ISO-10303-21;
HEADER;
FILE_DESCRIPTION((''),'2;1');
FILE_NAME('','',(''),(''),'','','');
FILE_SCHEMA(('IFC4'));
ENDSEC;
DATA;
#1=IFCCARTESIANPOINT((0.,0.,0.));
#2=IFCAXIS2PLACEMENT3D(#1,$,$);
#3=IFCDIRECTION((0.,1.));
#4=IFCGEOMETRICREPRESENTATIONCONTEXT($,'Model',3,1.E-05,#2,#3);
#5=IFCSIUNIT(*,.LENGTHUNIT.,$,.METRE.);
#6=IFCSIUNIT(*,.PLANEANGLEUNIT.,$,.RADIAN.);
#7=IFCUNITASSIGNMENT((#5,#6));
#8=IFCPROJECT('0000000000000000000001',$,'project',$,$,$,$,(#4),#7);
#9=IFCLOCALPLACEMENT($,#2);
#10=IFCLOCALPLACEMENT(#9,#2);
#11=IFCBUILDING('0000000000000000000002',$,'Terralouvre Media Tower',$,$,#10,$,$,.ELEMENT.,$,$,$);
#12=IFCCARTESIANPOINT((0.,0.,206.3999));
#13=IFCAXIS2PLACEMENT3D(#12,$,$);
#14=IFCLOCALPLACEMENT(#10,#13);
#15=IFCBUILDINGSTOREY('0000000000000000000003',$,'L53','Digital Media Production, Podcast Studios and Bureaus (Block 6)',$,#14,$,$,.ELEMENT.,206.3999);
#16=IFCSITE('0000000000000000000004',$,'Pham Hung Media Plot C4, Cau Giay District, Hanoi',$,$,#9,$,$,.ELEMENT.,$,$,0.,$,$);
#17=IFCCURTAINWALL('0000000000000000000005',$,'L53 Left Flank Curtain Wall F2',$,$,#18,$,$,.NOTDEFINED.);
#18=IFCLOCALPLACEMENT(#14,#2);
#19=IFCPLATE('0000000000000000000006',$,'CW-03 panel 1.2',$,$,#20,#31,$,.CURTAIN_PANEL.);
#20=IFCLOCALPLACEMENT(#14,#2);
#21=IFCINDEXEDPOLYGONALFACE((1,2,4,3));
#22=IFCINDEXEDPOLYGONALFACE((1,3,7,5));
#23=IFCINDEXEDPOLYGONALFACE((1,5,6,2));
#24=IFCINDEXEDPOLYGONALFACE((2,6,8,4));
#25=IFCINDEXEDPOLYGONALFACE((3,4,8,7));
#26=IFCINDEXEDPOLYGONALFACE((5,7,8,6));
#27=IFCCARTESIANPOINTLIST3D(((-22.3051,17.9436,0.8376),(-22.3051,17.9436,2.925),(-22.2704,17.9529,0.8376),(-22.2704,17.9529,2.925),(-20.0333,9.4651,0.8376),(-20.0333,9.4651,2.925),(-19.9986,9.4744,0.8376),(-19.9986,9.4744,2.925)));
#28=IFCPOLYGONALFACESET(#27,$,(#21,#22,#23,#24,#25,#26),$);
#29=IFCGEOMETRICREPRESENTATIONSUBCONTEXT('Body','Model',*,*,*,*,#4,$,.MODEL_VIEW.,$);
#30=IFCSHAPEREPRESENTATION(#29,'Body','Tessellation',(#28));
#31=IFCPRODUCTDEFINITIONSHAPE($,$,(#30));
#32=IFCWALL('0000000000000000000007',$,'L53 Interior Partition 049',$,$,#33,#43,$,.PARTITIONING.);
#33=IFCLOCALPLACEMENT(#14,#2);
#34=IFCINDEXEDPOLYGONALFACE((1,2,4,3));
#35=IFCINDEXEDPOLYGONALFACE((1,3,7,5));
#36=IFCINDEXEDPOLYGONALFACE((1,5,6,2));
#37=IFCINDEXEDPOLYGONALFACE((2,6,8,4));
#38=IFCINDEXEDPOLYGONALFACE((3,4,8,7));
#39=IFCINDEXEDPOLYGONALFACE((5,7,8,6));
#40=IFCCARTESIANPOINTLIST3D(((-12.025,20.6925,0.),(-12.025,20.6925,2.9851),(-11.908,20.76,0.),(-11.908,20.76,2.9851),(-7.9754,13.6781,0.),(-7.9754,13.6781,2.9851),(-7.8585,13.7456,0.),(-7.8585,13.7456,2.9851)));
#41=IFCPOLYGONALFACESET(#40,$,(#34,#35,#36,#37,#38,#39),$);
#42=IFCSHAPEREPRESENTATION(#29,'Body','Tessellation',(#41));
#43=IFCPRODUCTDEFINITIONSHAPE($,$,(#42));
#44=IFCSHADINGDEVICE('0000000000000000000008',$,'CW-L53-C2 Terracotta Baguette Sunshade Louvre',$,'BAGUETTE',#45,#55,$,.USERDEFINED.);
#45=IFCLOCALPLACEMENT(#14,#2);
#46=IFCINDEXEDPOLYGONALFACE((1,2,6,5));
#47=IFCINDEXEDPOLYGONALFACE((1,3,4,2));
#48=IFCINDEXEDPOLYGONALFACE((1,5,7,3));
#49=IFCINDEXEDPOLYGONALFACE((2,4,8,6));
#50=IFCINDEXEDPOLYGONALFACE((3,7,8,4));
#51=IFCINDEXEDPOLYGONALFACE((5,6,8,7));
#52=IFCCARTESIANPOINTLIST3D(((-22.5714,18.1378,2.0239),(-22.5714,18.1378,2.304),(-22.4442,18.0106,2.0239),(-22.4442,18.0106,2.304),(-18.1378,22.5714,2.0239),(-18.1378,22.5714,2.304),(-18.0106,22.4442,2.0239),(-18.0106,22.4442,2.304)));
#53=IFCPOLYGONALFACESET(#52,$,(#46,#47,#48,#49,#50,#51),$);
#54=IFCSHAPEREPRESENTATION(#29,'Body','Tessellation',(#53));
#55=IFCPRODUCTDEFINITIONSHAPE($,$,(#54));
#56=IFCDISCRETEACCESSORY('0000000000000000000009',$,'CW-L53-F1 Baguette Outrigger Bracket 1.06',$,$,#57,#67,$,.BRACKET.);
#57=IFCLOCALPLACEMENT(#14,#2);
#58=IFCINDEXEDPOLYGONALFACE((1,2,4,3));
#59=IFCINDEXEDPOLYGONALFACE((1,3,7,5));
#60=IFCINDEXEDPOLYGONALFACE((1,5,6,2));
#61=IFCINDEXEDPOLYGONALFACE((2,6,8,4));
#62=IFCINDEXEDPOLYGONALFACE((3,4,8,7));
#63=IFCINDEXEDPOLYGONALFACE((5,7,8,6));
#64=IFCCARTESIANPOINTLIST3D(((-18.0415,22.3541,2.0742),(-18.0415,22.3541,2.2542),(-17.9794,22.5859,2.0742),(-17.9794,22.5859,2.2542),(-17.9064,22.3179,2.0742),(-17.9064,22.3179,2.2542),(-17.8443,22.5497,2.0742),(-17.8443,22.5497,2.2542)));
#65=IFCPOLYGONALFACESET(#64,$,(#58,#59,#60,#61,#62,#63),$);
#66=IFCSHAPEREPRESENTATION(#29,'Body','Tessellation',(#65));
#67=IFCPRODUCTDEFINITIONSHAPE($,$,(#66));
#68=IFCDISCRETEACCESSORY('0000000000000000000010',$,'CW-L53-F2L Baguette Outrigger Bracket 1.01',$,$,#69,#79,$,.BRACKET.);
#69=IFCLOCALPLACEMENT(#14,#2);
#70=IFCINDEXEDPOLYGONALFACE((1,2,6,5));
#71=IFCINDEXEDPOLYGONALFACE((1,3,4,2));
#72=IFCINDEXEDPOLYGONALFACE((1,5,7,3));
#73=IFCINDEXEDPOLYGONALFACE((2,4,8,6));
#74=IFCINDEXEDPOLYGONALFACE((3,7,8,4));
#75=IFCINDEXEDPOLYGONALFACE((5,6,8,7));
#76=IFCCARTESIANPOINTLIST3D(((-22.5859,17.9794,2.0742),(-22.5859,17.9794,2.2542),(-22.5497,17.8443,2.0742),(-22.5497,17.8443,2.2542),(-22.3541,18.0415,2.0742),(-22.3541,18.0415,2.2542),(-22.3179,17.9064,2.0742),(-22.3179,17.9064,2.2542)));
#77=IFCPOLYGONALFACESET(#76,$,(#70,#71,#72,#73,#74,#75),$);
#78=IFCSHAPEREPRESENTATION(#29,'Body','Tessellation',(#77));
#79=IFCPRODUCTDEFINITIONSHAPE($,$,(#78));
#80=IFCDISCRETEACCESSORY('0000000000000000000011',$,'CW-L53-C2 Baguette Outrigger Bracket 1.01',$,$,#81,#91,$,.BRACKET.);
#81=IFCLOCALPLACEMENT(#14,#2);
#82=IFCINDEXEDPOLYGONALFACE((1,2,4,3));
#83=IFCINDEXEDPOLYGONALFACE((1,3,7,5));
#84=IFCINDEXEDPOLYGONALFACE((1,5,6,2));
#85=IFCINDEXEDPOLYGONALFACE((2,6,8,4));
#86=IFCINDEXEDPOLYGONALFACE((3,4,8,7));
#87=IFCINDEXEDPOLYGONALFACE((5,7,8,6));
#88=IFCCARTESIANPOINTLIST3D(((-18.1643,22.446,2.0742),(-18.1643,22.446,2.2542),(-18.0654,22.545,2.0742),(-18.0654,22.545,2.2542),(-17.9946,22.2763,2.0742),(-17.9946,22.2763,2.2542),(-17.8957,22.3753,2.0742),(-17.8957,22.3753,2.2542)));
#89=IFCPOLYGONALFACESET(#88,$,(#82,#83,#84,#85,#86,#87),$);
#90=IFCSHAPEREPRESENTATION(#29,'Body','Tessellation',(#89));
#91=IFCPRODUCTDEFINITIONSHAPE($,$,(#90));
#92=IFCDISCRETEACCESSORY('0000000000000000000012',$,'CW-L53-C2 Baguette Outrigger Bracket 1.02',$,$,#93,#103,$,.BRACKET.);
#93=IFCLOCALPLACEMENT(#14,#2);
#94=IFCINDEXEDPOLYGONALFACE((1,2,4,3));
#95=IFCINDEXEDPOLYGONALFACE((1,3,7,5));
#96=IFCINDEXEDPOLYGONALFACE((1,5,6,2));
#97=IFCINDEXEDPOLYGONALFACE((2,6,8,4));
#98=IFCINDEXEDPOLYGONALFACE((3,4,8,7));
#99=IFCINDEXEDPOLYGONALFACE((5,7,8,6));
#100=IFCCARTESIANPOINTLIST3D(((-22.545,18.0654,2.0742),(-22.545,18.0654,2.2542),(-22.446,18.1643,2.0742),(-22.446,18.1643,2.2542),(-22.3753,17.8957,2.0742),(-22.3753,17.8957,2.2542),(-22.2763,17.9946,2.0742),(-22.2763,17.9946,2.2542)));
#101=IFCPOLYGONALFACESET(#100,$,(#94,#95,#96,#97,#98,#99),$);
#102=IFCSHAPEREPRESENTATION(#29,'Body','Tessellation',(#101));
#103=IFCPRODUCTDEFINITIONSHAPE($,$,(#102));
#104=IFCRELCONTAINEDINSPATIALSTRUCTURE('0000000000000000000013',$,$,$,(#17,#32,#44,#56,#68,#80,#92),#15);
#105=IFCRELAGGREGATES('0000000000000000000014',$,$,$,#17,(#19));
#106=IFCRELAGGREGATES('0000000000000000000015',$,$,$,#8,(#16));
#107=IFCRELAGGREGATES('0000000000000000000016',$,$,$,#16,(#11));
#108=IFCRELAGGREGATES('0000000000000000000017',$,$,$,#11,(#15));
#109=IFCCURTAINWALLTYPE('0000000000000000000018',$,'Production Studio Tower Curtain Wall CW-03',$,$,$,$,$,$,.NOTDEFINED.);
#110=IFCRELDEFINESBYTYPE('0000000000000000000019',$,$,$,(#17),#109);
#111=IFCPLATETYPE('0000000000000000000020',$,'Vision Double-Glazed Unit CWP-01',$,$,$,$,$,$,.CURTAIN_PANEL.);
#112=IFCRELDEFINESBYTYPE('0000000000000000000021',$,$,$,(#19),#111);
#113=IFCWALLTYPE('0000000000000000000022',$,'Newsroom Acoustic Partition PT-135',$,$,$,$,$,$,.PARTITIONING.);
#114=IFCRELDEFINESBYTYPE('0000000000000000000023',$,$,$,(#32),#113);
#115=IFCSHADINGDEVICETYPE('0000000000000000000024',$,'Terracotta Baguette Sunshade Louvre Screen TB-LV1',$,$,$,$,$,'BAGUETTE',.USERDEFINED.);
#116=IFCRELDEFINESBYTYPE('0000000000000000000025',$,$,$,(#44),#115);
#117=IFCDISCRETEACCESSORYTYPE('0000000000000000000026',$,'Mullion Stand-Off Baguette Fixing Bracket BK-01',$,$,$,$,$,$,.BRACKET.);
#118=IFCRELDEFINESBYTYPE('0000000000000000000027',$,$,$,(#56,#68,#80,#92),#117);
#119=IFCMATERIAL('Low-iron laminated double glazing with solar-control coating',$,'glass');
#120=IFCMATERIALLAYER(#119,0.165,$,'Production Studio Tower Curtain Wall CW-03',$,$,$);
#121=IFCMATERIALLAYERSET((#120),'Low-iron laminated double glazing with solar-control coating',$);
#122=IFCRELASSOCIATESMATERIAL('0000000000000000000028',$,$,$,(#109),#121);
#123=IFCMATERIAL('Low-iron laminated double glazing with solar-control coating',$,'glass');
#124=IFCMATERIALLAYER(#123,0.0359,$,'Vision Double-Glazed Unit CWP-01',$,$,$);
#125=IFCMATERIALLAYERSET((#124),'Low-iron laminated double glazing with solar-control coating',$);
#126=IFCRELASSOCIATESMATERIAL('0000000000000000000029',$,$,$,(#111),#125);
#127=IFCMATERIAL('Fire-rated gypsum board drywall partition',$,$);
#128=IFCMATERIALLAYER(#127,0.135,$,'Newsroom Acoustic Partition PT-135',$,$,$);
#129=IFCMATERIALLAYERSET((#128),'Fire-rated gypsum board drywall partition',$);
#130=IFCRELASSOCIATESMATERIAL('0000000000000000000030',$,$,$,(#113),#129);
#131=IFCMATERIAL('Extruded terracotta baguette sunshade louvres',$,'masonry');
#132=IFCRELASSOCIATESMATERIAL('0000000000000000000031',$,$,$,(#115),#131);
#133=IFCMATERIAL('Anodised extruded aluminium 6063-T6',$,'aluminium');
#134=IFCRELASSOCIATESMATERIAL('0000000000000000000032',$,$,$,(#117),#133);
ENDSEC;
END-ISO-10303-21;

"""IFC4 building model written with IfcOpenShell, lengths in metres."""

from ifc_helpers import new_model, si_unit, direction, frame, frame_2d, origin, origin_2d, place, context, subcontext, project, spatial, rectangle, extrude, material, layer, layer_set, type_object, element, aggregate, save


model = new_model("IFC4")

# Units and contexts
model_context = context("Model", 3, precision=1e-05, world=origin(), true_north=direction((0.0, 1.0)))
body_context = subcontext(model_context, "Body", "Model", "MODEL_VIEW")
ifc_project = project(units=[si_unit("LENGTHUNIT", "METRE"), si_unit("PLANEANGLEUNIT", "RADIAN")], contexts=[model_context])

# Site, building, storey
site_placement = place(None, origin())
site = spatial("IfcSite", under=ifc_project, at=site_placement, Name="Pham Hung Media Plot C4, Cau Giay District, Hanoi", CompositionType="ELEMENT", RefElevation=0.0)
building_placement = place(site_placement, origin())
building = spatial("IfcBuilding", under=site, at=building_placement, Name="Terralouvre Media Tower", CompositionType="ELEMENT")
storey_placement = place(building_placement, frame((0.0, 0.0, 206.3999)))
storey = spatial("IfcBuildingStorey", under=building, at=storey_placement, Name="L53", Description="Digital Media Production, Podcast Studios and Bureaus (Block 6)", CompositionType="ELEMENT", Elevation=206.3999)

# Curtain wall
ifc_material_1 = material(Name="Low-iron laminated double glazing with solar-control coating", Category="glass")
ifc_layer_1 = layer(ifc_material_1, 0.165, Name="Production Studio Tower Curtain Wall CW-03")
ifc_layer_set_1 = layer_set([ifc_layer_1], Name="Low-iron laminated double glazing with solar-control coating")
curtain_wall_type_1 = type_object("IfcCurtainWallType", Name="Production Studio Tower Curtain Wall CW-03", PredefinedType="NOTDEFINED", material=ifc_layer_set_1)
curtain_wall_1_placement = place(storey_placement, origin())
curtain_wall_1 = element("IfcCurtainWall", 1, at=curtain_wall_1_placement, inside=storey, type_object=curtain_wall_type_1, Name="L53 Left Flank Curtain Wall F2", PredefinedType="NOTDEFINED")

# Plate
ifc_material_2 = material(Name="Low-iron laminated double glazing with solar-control coating", Category="glass")
ifc_layer_2 = layer(ifc_material_2, 0.0359, Name="Vision Double-Glazed Unit CWP-01")
ifc_layer_set_2 = layer_set([ifc_layer_2], Name="Low-iron laminated double glazing with solar-control coating")
plate_type_1 = type_object("IfcPlateType", Name="Vision Double-Glazed Unit CWP-01", PredefinedType="CURTAIN_PANEL", material=ifc_layer_set_2)
plate_1_placement = place(storey_placement, frame((-21.1519, 13.709, 0.8376), z_axis=(0.0, 0.0, 1.0), x_axis=(0.258819, -0.965926, 0.0)))
plate_1 = element("IfcPlate", 2, at=plate_1_placement, type_object=plate_type_1, Name="CW-03 panel 1.2", PredefinedType="CURTAIN_PANEL", context=body_context, shape_type="SweptSolid", body=[
    extrude(rectangle(XDim=8.7776, YDim=0.0359, at=origin_2d()), origin(), (0.0, 0.0, 1.0), 2.0874),
])
aggregate(curtain_wall_1, [plate_1])

# Wall
ifc_material_3 = material(Name="Fire-rated gypsum board drywall partition")
ifc_layer_3 = layer(ifc_material_3, 0.135, Name="Newsroom Acoustic Partition PT-135")
ifc_layer_set_3 = layer_set([ifc_layer_3], Name="Fire-rated gypsum board drywall partition")
wall_type = type_object("IfcWallType", Name="Newsroom Acoustic Partition PT-135", PredefinedType="PARTITIONING", material=ifc_layer_set_3)
wall_placement = place(storey_placement, frame((-11.9666, 20.7263, 0.0), z_axis=(0.0, 0.0, 1.0), x_axis=(0.499981, -0.866037, 0.0)))
element("IfcWall", 3, at=wall_placement, inside=storey, type_object=wall_type, Name="L53 Interior Partition 049", PredefinedType="PARTITIONING", context=body_context, shape_type="SweptSolid", body=[
    extrude(rectangle(XDim=8.0994, YDim=0.135, at=frame_2d((4.0498, 0.0))), origin(), (0.0, 0.0, 1.0), 2.9851),
])

# Shading device
ifc_material_4 = material(Name="Extruded terracotta baguette sunshade louvres", Category="masonry")
shading_device_type = type_object("IfcShadingDeviceType", Name="Terracotta Baguette Sunshade Louvre Screen TB-LV1", ElementType="BAGUETTE", PredefinedType="USERDEFINED", material=ifc_material_4)
shading_device_placement = place(storey_placement, frame((-20.291, 20.291, 2.0239), z_axis=(0.0, 0.0, 1.0), x_axis=(-0.707107, -0.707107, 0.0)))
element("IfcShadingDevice", 4, at=shading_device_placement, inside=storey, type_object=shading_device_type, Name="CW-L53-C2 Terracotta Baguette Sunshade Louvre", ObjectType="BAGUETTE", PredefinedType="USERDEFINED", context=body_context, shape_type="SweptSolid", body=[
    extrude(rectangle(XDim=6.27, YDim=0.1799, at=origin_2d()), origin(), (0.0, 0.0, 1.0), 0.28),
])

# Discrete accessories
ifc_material_5 = material(Name="Anodised extruded aluminium 6063-T6", Category="aluminium")
discrete_accessory_type = type_object("IfcDiscreteAccessoryType", Name="Mullion Stand-Off Baguette Fixing Bracket BK-01", PredefinedType="BRACKET", material=ifc_material_5)
for number, where, z_axis, x_axis, name in (
    (5, (-17.9429, 22.4519, 2.0742), (0.0, 0.0, 1.0), (-0.965926, 0.258819, 0.0), "CW-L53-F1 Baguette Outrigger Bracket 1.06"),
    (6, (-22.4519, 17.9429, 2.0742), (0.0, 0.0, 1.0), (0.258819, -0.965926, 0.0), "CW-L53-F2L Baguette Outrigger Bracket 1.01"),
    (7, (-18.03, 22.4106, 2.0742), (0.0, 0.0, 1.0), (-0.707107, -0.707107, 0.0), "CW-L53-C2 Baguette Outrigger Bracket 1.01"),
    (8, (-22.4106, 18.03, 2.0742), (0.0, 0.0, 1.0), (-0.707107, -0.707107, 0.0), "CW-L53-C2 Baguette Outrigger Bracket 1.02"),
):
    element("IfcDiscreteAccessory", number, at=place(storey_placement, frame(where, z_axis=z_axis, x_axis=x_axis)), inside=storey, type_object=discrete_accessory_type, Name=name, PredefinedType="BRACKET", context=body_context, shape_type="SweptSolid", body=[
        extrude(rectangle(XDim=0.1399, YDim=0.24, at=origin_2d()), origin(), (0.0, 0.0, 1.0), 0.1799),
    ])

save(model, "model.ifc")
